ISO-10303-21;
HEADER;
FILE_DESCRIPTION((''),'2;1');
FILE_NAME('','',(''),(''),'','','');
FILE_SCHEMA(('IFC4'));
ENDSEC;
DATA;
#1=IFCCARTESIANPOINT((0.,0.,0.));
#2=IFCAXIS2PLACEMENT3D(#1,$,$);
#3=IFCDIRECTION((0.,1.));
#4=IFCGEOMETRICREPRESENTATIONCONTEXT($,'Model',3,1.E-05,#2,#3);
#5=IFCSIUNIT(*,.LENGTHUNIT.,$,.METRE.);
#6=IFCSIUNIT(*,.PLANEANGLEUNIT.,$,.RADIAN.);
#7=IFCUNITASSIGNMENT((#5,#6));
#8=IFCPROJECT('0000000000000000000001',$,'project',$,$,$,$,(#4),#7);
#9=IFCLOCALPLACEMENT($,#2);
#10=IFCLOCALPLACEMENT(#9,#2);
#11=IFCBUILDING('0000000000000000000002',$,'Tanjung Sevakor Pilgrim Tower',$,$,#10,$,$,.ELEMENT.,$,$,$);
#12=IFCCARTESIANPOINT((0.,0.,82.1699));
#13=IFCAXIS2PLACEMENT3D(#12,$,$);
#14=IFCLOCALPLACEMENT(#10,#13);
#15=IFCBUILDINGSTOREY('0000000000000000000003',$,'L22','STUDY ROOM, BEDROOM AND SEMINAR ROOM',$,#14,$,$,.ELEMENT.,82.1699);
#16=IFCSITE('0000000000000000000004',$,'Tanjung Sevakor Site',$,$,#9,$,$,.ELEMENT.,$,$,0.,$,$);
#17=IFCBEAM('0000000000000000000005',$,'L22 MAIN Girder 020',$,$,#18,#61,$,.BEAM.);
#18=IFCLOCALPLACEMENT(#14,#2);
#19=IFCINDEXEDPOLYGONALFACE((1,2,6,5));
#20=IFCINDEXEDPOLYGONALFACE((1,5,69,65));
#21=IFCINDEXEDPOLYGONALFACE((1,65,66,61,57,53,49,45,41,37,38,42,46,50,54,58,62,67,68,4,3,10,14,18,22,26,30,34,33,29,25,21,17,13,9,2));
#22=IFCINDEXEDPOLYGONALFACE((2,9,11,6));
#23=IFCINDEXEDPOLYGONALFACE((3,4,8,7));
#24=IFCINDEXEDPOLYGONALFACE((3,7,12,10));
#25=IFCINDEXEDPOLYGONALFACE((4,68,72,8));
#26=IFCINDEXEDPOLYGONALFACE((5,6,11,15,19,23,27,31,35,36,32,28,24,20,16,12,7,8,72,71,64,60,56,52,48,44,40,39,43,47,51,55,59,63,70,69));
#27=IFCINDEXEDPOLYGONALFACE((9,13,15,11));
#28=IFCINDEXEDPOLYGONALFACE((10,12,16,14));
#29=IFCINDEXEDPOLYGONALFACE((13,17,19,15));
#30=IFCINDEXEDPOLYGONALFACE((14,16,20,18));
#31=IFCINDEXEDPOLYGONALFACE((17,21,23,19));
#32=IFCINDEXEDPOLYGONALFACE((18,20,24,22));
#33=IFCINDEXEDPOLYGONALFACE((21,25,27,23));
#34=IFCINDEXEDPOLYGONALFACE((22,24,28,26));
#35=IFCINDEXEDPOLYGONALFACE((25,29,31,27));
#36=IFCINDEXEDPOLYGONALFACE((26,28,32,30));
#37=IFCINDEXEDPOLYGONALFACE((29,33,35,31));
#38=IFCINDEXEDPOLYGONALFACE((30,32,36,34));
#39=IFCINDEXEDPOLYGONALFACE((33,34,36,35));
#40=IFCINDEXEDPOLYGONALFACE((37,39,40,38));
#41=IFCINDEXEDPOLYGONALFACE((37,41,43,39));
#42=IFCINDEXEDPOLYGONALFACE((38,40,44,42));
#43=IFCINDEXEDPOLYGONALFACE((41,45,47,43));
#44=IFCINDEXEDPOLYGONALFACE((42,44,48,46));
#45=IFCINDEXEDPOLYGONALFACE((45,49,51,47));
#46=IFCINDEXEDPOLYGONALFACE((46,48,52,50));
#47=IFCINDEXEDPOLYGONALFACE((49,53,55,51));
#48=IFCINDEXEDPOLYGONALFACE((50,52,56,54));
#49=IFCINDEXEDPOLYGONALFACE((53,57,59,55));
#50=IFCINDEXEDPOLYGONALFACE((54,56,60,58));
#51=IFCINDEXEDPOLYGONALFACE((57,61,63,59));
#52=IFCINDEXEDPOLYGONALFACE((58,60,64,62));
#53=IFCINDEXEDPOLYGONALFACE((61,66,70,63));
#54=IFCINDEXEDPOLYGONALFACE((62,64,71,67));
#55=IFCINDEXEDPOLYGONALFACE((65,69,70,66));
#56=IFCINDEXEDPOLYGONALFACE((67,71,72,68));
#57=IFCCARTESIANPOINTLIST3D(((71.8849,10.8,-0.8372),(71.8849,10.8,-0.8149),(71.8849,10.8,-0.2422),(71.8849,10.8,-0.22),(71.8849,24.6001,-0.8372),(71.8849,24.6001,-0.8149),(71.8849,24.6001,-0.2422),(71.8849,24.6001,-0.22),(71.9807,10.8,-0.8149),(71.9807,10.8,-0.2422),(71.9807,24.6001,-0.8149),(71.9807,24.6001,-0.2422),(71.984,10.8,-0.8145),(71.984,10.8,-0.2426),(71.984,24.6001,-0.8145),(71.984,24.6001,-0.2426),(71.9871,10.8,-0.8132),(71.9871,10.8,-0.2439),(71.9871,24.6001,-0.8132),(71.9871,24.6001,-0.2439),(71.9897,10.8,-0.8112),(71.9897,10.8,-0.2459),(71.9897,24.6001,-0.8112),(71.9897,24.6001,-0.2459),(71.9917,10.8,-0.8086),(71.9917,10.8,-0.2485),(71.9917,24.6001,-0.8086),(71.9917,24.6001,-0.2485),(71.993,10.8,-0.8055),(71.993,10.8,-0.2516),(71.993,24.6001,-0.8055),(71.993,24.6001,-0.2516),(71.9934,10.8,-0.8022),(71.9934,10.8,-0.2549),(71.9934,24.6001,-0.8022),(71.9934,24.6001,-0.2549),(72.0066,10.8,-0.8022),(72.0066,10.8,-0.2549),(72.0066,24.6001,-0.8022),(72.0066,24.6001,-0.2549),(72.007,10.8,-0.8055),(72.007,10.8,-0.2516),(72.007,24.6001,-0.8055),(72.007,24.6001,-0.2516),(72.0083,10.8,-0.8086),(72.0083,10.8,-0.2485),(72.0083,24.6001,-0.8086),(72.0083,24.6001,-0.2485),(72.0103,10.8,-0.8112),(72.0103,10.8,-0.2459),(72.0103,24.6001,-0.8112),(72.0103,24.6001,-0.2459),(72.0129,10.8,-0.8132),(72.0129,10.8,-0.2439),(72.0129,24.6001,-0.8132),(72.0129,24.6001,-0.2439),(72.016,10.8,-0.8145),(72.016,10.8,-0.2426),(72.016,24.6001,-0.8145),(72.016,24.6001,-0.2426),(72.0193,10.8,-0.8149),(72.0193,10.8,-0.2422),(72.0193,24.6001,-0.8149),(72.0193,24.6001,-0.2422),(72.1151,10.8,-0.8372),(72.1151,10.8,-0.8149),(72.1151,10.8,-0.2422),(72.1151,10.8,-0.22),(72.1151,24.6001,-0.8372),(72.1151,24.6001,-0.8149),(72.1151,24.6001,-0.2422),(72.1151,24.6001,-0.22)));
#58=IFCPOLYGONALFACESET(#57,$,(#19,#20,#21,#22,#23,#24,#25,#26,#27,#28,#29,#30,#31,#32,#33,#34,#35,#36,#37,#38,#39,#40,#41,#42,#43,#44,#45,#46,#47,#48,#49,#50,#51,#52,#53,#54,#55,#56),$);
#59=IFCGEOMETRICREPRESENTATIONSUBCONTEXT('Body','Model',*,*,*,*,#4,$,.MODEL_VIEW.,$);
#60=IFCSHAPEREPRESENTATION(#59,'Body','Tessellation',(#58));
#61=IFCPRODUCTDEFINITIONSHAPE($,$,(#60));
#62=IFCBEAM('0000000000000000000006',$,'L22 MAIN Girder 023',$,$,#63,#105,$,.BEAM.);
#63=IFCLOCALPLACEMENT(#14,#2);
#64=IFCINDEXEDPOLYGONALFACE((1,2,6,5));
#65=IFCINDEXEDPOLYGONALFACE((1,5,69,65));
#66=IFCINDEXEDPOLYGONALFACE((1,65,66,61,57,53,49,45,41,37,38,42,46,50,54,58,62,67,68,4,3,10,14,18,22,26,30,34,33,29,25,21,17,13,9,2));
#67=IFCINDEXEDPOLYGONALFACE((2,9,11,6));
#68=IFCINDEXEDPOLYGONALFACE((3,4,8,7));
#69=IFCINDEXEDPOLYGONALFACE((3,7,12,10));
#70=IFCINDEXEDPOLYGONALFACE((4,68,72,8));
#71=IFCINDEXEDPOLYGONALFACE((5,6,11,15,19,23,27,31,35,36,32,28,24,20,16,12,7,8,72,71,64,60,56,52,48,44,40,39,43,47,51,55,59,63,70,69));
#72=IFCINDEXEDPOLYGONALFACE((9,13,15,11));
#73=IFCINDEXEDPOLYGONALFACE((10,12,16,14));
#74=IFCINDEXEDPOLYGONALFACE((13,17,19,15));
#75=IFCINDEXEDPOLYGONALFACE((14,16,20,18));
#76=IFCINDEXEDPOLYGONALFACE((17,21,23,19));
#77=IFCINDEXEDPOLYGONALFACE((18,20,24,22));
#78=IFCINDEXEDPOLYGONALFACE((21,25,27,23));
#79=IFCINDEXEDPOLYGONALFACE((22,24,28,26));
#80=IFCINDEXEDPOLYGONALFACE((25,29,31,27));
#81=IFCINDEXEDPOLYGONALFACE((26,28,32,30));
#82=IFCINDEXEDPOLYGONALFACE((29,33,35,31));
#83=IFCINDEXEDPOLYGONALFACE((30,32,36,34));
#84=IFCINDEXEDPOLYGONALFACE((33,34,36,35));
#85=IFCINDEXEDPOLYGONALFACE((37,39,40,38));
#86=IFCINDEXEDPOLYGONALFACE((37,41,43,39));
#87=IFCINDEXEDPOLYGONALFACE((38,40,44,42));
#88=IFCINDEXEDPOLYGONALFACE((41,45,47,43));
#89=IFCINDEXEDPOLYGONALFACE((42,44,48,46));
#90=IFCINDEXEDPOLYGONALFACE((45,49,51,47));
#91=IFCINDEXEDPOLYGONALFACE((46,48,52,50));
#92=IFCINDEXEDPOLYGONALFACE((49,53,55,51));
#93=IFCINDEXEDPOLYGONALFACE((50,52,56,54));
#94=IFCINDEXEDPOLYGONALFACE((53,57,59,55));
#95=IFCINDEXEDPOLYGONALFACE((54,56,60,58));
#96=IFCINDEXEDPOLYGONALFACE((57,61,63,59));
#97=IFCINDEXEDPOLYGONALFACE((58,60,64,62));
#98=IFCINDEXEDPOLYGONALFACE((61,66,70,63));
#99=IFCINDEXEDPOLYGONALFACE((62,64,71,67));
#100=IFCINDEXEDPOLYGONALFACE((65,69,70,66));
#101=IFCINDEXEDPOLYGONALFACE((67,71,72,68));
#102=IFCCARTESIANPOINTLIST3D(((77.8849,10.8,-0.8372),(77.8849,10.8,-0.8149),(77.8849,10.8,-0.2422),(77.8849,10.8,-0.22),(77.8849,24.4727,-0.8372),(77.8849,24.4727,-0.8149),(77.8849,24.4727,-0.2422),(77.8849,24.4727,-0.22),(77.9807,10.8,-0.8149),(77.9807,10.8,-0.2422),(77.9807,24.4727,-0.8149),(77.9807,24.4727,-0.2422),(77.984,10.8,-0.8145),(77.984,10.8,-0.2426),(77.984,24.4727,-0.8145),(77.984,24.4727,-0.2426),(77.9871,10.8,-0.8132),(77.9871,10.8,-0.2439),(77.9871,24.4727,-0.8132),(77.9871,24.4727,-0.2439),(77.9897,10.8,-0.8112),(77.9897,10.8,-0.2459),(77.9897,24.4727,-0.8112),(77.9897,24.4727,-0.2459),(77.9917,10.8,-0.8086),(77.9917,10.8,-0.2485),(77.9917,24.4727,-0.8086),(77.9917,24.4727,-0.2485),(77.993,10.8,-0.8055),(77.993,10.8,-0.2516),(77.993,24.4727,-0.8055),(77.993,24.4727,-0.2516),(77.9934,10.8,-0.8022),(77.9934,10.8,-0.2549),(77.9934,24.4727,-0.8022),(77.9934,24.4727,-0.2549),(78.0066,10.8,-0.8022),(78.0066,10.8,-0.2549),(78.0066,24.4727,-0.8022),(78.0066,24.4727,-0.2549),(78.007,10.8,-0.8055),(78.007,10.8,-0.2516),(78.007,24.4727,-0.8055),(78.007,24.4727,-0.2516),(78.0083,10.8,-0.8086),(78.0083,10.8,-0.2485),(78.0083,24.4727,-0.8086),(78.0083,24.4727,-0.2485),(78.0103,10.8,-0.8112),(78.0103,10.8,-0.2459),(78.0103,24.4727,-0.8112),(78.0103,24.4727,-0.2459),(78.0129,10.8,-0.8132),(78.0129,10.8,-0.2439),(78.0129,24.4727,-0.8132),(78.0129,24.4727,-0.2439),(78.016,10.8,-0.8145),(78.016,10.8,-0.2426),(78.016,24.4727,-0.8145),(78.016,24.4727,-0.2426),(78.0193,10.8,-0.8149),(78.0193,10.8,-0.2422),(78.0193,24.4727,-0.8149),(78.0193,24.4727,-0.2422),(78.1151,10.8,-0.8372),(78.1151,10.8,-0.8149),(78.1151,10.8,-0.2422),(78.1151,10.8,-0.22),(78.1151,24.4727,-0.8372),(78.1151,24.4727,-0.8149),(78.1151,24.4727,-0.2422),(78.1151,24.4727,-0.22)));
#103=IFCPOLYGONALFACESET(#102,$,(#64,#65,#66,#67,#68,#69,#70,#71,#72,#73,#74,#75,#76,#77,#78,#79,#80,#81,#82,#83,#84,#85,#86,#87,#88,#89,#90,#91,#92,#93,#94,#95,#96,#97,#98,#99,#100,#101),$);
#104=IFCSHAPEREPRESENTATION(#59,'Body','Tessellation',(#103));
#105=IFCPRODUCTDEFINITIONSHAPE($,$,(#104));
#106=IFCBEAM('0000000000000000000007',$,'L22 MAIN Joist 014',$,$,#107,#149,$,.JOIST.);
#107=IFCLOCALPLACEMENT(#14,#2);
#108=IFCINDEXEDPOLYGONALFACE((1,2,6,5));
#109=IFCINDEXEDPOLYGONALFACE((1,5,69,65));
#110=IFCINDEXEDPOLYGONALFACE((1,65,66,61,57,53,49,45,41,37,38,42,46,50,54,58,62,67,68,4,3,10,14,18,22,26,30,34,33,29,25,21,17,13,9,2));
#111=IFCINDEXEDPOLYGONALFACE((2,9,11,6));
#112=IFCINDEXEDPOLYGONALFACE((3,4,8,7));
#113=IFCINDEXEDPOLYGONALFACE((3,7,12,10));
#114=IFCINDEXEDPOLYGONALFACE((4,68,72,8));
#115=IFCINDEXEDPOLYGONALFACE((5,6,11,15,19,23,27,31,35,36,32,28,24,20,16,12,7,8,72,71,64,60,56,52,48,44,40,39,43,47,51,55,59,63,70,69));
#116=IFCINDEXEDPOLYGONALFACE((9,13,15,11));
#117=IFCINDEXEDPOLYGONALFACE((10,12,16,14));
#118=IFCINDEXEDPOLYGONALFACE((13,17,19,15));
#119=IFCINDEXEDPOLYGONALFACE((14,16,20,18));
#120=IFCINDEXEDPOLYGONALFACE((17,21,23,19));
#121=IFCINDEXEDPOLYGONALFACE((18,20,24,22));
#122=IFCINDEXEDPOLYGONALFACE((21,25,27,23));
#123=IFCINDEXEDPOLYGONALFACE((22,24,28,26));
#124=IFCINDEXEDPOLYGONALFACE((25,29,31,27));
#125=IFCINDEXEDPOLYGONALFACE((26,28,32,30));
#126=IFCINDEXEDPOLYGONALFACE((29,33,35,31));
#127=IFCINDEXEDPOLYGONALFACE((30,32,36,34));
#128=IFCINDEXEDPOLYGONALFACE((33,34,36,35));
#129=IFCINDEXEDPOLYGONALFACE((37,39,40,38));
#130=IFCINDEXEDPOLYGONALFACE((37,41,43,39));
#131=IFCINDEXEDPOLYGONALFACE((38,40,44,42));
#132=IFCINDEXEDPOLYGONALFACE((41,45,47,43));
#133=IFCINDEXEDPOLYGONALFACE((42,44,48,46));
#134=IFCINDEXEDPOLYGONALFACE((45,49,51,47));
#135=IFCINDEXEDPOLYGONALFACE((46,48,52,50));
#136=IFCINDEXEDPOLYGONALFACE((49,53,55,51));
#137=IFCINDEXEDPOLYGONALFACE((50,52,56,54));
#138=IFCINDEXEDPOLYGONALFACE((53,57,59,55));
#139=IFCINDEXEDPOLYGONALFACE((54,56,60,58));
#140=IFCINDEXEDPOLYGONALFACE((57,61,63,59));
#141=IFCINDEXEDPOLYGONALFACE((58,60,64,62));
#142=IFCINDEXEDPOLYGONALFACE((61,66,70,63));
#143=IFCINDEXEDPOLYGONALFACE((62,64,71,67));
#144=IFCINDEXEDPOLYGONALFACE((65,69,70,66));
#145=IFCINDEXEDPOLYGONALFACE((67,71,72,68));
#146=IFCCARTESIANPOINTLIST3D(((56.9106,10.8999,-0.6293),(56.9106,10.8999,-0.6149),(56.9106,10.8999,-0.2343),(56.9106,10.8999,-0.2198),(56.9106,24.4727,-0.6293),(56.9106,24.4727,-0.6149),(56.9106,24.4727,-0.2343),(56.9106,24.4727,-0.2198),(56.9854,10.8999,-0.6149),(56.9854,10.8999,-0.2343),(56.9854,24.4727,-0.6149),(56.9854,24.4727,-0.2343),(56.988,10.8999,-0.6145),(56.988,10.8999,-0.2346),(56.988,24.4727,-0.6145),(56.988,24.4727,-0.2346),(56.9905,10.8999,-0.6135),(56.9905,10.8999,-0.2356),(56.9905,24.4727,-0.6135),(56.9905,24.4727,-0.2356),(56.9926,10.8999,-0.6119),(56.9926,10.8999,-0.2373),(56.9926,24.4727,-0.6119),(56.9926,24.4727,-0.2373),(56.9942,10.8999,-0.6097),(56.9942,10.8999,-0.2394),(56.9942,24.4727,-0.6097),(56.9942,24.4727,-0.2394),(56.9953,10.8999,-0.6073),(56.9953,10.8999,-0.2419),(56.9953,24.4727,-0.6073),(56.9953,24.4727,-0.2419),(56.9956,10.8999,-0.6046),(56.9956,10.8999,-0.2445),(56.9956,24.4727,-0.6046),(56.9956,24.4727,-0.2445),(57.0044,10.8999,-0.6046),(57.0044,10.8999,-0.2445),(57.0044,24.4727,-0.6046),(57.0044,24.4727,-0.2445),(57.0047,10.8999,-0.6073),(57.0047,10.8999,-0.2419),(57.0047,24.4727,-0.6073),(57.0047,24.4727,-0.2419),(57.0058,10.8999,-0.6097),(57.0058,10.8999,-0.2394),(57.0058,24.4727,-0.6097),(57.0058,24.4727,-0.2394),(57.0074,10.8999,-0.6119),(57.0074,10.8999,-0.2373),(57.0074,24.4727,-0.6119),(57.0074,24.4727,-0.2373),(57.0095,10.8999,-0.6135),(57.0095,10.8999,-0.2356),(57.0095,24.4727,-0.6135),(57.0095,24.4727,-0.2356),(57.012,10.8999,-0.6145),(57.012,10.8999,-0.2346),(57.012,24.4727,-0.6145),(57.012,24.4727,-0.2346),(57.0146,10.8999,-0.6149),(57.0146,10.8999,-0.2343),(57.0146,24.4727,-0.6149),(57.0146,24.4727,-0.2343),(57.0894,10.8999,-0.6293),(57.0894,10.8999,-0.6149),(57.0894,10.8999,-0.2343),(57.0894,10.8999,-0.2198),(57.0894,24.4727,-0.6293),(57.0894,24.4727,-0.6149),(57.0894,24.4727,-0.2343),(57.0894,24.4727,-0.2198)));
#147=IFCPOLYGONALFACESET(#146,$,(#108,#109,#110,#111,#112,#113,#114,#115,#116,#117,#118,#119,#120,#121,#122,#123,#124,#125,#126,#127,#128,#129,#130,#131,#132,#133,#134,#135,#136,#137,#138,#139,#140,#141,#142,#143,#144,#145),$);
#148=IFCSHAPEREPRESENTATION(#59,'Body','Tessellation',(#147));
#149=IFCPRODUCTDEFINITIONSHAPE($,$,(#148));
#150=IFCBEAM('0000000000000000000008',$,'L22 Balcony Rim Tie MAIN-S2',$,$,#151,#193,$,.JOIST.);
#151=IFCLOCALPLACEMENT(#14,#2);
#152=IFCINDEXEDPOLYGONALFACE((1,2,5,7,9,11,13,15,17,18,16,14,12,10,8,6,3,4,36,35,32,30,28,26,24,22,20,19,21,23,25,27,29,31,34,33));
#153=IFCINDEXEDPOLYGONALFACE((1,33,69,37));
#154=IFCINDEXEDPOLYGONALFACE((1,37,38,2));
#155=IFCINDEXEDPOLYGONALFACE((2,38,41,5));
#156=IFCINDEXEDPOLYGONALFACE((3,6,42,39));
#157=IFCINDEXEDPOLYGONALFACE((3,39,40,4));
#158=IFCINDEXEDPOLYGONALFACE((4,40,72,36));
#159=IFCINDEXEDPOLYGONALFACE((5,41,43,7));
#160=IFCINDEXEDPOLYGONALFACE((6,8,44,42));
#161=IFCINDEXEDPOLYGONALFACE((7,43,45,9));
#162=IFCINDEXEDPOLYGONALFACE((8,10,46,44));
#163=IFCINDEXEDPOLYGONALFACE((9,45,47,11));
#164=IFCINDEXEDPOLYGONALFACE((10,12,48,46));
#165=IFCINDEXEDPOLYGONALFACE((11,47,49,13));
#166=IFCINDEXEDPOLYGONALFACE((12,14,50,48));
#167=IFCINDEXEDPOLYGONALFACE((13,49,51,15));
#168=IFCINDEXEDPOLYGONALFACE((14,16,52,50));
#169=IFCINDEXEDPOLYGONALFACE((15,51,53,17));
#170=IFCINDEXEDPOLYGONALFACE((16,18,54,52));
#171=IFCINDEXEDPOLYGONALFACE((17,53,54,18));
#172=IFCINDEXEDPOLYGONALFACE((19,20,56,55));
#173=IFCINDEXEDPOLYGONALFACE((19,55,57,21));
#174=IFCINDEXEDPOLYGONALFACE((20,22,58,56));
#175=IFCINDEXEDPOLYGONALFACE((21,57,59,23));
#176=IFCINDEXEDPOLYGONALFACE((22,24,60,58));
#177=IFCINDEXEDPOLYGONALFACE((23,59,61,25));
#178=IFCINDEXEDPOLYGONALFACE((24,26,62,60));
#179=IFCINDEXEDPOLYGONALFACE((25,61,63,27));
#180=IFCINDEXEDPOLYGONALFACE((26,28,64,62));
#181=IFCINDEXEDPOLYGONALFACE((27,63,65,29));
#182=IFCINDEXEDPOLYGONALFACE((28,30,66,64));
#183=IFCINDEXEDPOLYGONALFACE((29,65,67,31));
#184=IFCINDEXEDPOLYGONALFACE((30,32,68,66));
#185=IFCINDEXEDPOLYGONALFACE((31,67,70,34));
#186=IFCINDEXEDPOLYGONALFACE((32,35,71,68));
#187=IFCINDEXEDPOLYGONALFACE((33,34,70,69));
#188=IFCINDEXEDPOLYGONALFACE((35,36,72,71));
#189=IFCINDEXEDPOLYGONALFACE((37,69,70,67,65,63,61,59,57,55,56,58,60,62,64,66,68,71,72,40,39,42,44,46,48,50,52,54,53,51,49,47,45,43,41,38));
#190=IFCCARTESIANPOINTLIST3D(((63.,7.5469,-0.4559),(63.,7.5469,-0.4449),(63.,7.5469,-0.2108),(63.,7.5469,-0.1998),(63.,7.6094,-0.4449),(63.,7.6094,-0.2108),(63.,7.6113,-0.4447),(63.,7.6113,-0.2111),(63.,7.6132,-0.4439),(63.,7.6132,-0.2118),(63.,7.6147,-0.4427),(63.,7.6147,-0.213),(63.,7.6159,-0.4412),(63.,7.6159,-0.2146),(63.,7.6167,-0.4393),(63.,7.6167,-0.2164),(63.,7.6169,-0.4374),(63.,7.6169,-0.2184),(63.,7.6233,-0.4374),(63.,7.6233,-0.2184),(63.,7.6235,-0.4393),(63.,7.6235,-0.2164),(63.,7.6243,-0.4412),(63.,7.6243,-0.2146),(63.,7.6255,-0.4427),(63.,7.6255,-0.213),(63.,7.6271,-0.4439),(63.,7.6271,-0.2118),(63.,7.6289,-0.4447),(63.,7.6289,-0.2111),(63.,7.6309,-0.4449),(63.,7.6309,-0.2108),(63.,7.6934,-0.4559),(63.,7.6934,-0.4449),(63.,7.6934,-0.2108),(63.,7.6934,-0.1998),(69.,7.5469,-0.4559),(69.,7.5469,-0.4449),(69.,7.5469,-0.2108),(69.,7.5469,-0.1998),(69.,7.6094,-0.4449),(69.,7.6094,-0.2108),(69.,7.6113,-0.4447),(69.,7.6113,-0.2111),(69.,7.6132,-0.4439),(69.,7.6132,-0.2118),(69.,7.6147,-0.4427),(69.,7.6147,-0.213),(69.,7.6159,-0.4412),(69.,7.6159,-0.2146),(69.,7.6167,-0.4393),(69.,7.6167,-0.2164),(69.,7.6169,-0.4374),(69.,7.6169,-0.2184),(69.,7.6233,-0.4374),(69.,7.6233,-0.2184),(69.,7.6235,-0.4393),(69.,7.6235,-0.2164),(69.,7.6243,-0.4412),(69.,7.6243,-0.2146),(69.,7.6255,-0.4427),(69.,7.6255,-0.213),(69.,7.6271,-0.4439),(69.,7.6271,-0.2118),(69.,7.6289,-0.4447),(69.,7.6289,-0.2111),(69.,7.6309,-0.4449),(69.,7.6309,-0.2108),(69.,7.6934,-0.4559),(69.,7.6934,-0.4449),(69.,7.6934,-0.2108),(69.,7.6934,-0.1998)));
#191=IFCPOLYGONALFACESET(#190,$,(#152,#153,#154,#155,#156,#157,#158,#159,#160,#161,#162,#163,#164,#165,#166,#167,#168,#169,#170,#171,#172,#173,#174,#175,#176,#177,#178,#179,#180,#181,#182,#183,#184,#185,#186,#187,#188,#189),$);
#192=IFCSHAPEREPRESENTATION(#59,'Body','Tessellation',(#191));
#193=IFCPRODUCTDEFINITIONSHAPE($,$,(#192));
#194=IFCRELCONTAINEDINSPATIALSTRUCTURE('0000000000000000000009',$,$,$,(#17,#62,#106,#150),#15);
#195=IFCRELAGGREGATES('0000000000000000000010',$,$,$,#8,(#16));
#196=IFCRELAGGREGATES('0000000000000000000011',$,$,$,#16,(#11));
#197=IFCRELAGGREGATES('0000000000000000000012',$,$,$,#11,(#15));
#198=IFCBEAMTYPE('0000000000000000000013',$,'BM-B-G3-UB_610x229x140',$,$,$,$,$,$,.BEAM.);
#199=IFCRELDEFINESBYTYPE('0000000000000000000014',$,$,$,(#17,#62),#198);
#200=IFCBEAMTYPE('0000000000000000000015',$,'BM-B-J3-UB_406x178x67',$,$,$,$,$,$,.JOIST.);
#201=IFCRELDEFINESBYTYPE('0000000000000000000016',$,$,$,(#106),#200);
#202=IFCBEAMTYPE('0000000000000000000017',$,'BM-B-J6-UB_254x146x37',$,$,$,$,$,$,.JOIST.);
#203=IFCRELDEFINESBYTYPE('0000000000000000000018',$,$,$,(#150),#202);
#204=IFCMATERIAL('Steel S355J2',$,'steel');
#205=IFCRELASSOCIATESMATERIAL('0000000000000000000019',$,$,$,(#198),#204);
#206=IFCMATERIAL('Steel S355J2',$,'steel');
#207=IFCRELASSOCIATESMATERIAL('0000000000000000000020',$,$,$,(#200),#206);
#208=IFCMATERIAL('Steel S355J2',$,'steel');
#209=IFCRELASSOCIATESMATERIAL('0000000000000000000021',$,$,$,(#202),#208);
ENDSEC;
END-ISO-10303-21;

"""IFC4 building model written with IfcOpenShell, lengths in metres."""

from ifc_helpers import new_model, si_unit, direction, frame, origin, origin_2d, place, context, subcontext, project, spatial, i_section, extrude, material, material_profile, profile_set, type_object, element, save


model = new_model("IFC4")

# Units and contexts
model_context = context("Model", 3, precision=1e-05, world=origin(), true_north=direction((0.0, 1.0)))
body_context = subcontext(model_context, "Body", "Model", "MODEL_VIEW")
ifc_project = project(units=[si_unit("LENGTHUNIT", "METRE"), si_unit("PLANEANGLEUNIT", "RADIAN")], contexts=[model_context])

# Site, building, storey
site_placement = place(None, origin())
site = spatial("IfcSite", under=ifc_project, at=site_placement, Name="Tanjung Sevakor Site", CompositionType="ELEMENT", RefElevation=0.0)
building_placement = place(site_placement, origin())
building = spatial("IfcBuilding", under=site, at=building_placement, Name="Tanjung Sevakor Pilgrim Tower", CompositionType="ELEMENT")
storey_placement = place(building_placement, frame((0.0, 0.0, 82.1699)))
storey = spatial("IfcBuildingStorey", under=building, at=storey_placement, Name="L22", Description="STUDY ROOM, BEDROOM AND SEMINAR ROOM", CompositionType="ELEMENT", Elevation=82.1699)

# Beams
ifc_material_1 = material(Name="Steel S355J2", Category="steel")
ifc_material_profile_1 = material_profile(ifc_material_1, i_section(OverallWidth=0.2302, OverallDepth=0.6172, WebThickness=0.0132, FlangeThickness=0.0222, FilletRadius=0.0127, at=origin_2d()))
ifc_profile_set_1 = profile_set([ifc_material_profile_1], Name="Steel S355J2")
beam_type_1 = type_object("IfcBeamType", Name="BM-B-G3-UB_610x229x140", PredefinedType="BEAM", material=ifc_profile_set_1)
for number, where, z_axis, x_axis, name in (
    (1, (72.0, 10.8, -0.5286), (0.0, 1.0, 0.0), (-1.0, 0.0, 0.0), "L22 MAIN Girder 020"),
):
    element("IfcBeam", number, at=place(storey_placement, frame(where, z_axis=z_axis, x_axis=x_axis)), inside=storey, type_object=beam_type_1, Name=name, PredefinedType="BEAM", context=body_context, shape_type="SweptSolid", body=[
        extrude(i_section(OverallWidth=0.2302, OverallDepth=0.6172, WebThickness=0.0132, FlangeThickness=0.0222, FilletRadius=0.0127, at=origin_2d()), origin(), (0.0, 0.0, 1.0), 13.8),
    ])
beam_1_placement = place(storey_placement, frame((78.0, 10.8, -0.5286), z_axis=(0.0, 1.0, 0.0), x_axis=(-1.0, 0.0, 0.0)))
element("IfcBeam", 2, at=beam_1_placement, inside=storey, type_object=beam_type_1, Name="L22 MAIN Girder 023", PredefinedType="BEAM", context=body_context, shape_type="SweptSolid", body=[
    extrude(i_section(OverallWidth=0.2302, OverallDepth=0.6172, WebThickness=0.0132, FlangeThickness=0.0222, FilletRadius=0.0127, at=origin_2d()), origin(), (0.0, 0.0, 1.0), 13.6726),
])
ifc_material_2 = material(Name="Steel S355J2", Category="steel")
ifc_material_profile_2 = material_profile(ifc_material_2, i_section(OverallWidth=0.1787, OverallDepth=0.4094, WebThickness=0.0088, FlangeThickness=0.0144, FilletRadius=0.0103, at=origin_2d()))
ifc_profile_set_2 = profile_set([ifc_material_profile_2], Name="Steel S355J2")
beam_type_2 = type_object("IfcBeamType", Name="BM-B-J3-UB_406x178x67", PredefinedType="JOIST", material=ifc_profile_set_2)
beam_2_placement = place(storey_placement, frame((57.0, 10.8999, -0.4246), z_axis=(0.0, 1.0, 0.0), x_axis=(-1.0, 0.0, 0.0)))
element("IfcBeam", 3, at=beam_2_placement, inside=storey, type_object=beam_type_2, Name="L22 MAIN Joist 014", PredefinedType="JOIST", context=body_context, shape_type="SweptSolid", body=[
    extrude(i_section(OverallWidth=0.1787, OverallDepth=0.4094, WebThickness=0.0088, FlangeThickness=0.0144, FilletRadius=0.0103, at=origin_2d()), origin(), (0.0, 0.0, 1.0), 13.5728),
])
ifc_material_3 = material(Name="Steel S355J2", Category="steel")
ifc_material_profile_3 = material_profile(ifc_material_3, i_section(OverallWidth=0.1465, OverallDepth=0.2561, WebThickness=0.0063, FlangeThickness=0.011, FilletRadius=0.0076, at=origin_2d()))
ifc_profile_set_3 = profile_set([ifc_material_profile_3], Name="Steel S355J2")
beam_type_3 = type_object("IfcBeamType", Name="BM-B-J6-UB_254x146x37", PredefinedType="JOIST", material=ifc_profile_set_3)
for number, where, z_axis, x_axis, name in (
    (4, (63.0, 7.6201, -0.3279), (1.0, 0.0, 0.0), (0.0, 1.0, 0.0), "L22 Balcony Rim Tie MAIN-S2"),
):
    element("IfcBeam", number, at=place(storey_placement, frame(where, z_axis=z_axis, x_axis=x_axis)), inside=storey, type_object=beam_type_3, Name=name, PredefinedType="JOIST", context=body_context, shape_type="SweptSolid", body=[
        extrude(i_section(OverallWidth=0.1465, OverallDepth=0.2561, WebThickness=0.0063, FlangeThickness=0.011, FilletRadius=0.0076, at=origin_2d()), origin(), (0.0, 0.0, 1.0), 6.0),
    ])

save(model, "model.ifc")
